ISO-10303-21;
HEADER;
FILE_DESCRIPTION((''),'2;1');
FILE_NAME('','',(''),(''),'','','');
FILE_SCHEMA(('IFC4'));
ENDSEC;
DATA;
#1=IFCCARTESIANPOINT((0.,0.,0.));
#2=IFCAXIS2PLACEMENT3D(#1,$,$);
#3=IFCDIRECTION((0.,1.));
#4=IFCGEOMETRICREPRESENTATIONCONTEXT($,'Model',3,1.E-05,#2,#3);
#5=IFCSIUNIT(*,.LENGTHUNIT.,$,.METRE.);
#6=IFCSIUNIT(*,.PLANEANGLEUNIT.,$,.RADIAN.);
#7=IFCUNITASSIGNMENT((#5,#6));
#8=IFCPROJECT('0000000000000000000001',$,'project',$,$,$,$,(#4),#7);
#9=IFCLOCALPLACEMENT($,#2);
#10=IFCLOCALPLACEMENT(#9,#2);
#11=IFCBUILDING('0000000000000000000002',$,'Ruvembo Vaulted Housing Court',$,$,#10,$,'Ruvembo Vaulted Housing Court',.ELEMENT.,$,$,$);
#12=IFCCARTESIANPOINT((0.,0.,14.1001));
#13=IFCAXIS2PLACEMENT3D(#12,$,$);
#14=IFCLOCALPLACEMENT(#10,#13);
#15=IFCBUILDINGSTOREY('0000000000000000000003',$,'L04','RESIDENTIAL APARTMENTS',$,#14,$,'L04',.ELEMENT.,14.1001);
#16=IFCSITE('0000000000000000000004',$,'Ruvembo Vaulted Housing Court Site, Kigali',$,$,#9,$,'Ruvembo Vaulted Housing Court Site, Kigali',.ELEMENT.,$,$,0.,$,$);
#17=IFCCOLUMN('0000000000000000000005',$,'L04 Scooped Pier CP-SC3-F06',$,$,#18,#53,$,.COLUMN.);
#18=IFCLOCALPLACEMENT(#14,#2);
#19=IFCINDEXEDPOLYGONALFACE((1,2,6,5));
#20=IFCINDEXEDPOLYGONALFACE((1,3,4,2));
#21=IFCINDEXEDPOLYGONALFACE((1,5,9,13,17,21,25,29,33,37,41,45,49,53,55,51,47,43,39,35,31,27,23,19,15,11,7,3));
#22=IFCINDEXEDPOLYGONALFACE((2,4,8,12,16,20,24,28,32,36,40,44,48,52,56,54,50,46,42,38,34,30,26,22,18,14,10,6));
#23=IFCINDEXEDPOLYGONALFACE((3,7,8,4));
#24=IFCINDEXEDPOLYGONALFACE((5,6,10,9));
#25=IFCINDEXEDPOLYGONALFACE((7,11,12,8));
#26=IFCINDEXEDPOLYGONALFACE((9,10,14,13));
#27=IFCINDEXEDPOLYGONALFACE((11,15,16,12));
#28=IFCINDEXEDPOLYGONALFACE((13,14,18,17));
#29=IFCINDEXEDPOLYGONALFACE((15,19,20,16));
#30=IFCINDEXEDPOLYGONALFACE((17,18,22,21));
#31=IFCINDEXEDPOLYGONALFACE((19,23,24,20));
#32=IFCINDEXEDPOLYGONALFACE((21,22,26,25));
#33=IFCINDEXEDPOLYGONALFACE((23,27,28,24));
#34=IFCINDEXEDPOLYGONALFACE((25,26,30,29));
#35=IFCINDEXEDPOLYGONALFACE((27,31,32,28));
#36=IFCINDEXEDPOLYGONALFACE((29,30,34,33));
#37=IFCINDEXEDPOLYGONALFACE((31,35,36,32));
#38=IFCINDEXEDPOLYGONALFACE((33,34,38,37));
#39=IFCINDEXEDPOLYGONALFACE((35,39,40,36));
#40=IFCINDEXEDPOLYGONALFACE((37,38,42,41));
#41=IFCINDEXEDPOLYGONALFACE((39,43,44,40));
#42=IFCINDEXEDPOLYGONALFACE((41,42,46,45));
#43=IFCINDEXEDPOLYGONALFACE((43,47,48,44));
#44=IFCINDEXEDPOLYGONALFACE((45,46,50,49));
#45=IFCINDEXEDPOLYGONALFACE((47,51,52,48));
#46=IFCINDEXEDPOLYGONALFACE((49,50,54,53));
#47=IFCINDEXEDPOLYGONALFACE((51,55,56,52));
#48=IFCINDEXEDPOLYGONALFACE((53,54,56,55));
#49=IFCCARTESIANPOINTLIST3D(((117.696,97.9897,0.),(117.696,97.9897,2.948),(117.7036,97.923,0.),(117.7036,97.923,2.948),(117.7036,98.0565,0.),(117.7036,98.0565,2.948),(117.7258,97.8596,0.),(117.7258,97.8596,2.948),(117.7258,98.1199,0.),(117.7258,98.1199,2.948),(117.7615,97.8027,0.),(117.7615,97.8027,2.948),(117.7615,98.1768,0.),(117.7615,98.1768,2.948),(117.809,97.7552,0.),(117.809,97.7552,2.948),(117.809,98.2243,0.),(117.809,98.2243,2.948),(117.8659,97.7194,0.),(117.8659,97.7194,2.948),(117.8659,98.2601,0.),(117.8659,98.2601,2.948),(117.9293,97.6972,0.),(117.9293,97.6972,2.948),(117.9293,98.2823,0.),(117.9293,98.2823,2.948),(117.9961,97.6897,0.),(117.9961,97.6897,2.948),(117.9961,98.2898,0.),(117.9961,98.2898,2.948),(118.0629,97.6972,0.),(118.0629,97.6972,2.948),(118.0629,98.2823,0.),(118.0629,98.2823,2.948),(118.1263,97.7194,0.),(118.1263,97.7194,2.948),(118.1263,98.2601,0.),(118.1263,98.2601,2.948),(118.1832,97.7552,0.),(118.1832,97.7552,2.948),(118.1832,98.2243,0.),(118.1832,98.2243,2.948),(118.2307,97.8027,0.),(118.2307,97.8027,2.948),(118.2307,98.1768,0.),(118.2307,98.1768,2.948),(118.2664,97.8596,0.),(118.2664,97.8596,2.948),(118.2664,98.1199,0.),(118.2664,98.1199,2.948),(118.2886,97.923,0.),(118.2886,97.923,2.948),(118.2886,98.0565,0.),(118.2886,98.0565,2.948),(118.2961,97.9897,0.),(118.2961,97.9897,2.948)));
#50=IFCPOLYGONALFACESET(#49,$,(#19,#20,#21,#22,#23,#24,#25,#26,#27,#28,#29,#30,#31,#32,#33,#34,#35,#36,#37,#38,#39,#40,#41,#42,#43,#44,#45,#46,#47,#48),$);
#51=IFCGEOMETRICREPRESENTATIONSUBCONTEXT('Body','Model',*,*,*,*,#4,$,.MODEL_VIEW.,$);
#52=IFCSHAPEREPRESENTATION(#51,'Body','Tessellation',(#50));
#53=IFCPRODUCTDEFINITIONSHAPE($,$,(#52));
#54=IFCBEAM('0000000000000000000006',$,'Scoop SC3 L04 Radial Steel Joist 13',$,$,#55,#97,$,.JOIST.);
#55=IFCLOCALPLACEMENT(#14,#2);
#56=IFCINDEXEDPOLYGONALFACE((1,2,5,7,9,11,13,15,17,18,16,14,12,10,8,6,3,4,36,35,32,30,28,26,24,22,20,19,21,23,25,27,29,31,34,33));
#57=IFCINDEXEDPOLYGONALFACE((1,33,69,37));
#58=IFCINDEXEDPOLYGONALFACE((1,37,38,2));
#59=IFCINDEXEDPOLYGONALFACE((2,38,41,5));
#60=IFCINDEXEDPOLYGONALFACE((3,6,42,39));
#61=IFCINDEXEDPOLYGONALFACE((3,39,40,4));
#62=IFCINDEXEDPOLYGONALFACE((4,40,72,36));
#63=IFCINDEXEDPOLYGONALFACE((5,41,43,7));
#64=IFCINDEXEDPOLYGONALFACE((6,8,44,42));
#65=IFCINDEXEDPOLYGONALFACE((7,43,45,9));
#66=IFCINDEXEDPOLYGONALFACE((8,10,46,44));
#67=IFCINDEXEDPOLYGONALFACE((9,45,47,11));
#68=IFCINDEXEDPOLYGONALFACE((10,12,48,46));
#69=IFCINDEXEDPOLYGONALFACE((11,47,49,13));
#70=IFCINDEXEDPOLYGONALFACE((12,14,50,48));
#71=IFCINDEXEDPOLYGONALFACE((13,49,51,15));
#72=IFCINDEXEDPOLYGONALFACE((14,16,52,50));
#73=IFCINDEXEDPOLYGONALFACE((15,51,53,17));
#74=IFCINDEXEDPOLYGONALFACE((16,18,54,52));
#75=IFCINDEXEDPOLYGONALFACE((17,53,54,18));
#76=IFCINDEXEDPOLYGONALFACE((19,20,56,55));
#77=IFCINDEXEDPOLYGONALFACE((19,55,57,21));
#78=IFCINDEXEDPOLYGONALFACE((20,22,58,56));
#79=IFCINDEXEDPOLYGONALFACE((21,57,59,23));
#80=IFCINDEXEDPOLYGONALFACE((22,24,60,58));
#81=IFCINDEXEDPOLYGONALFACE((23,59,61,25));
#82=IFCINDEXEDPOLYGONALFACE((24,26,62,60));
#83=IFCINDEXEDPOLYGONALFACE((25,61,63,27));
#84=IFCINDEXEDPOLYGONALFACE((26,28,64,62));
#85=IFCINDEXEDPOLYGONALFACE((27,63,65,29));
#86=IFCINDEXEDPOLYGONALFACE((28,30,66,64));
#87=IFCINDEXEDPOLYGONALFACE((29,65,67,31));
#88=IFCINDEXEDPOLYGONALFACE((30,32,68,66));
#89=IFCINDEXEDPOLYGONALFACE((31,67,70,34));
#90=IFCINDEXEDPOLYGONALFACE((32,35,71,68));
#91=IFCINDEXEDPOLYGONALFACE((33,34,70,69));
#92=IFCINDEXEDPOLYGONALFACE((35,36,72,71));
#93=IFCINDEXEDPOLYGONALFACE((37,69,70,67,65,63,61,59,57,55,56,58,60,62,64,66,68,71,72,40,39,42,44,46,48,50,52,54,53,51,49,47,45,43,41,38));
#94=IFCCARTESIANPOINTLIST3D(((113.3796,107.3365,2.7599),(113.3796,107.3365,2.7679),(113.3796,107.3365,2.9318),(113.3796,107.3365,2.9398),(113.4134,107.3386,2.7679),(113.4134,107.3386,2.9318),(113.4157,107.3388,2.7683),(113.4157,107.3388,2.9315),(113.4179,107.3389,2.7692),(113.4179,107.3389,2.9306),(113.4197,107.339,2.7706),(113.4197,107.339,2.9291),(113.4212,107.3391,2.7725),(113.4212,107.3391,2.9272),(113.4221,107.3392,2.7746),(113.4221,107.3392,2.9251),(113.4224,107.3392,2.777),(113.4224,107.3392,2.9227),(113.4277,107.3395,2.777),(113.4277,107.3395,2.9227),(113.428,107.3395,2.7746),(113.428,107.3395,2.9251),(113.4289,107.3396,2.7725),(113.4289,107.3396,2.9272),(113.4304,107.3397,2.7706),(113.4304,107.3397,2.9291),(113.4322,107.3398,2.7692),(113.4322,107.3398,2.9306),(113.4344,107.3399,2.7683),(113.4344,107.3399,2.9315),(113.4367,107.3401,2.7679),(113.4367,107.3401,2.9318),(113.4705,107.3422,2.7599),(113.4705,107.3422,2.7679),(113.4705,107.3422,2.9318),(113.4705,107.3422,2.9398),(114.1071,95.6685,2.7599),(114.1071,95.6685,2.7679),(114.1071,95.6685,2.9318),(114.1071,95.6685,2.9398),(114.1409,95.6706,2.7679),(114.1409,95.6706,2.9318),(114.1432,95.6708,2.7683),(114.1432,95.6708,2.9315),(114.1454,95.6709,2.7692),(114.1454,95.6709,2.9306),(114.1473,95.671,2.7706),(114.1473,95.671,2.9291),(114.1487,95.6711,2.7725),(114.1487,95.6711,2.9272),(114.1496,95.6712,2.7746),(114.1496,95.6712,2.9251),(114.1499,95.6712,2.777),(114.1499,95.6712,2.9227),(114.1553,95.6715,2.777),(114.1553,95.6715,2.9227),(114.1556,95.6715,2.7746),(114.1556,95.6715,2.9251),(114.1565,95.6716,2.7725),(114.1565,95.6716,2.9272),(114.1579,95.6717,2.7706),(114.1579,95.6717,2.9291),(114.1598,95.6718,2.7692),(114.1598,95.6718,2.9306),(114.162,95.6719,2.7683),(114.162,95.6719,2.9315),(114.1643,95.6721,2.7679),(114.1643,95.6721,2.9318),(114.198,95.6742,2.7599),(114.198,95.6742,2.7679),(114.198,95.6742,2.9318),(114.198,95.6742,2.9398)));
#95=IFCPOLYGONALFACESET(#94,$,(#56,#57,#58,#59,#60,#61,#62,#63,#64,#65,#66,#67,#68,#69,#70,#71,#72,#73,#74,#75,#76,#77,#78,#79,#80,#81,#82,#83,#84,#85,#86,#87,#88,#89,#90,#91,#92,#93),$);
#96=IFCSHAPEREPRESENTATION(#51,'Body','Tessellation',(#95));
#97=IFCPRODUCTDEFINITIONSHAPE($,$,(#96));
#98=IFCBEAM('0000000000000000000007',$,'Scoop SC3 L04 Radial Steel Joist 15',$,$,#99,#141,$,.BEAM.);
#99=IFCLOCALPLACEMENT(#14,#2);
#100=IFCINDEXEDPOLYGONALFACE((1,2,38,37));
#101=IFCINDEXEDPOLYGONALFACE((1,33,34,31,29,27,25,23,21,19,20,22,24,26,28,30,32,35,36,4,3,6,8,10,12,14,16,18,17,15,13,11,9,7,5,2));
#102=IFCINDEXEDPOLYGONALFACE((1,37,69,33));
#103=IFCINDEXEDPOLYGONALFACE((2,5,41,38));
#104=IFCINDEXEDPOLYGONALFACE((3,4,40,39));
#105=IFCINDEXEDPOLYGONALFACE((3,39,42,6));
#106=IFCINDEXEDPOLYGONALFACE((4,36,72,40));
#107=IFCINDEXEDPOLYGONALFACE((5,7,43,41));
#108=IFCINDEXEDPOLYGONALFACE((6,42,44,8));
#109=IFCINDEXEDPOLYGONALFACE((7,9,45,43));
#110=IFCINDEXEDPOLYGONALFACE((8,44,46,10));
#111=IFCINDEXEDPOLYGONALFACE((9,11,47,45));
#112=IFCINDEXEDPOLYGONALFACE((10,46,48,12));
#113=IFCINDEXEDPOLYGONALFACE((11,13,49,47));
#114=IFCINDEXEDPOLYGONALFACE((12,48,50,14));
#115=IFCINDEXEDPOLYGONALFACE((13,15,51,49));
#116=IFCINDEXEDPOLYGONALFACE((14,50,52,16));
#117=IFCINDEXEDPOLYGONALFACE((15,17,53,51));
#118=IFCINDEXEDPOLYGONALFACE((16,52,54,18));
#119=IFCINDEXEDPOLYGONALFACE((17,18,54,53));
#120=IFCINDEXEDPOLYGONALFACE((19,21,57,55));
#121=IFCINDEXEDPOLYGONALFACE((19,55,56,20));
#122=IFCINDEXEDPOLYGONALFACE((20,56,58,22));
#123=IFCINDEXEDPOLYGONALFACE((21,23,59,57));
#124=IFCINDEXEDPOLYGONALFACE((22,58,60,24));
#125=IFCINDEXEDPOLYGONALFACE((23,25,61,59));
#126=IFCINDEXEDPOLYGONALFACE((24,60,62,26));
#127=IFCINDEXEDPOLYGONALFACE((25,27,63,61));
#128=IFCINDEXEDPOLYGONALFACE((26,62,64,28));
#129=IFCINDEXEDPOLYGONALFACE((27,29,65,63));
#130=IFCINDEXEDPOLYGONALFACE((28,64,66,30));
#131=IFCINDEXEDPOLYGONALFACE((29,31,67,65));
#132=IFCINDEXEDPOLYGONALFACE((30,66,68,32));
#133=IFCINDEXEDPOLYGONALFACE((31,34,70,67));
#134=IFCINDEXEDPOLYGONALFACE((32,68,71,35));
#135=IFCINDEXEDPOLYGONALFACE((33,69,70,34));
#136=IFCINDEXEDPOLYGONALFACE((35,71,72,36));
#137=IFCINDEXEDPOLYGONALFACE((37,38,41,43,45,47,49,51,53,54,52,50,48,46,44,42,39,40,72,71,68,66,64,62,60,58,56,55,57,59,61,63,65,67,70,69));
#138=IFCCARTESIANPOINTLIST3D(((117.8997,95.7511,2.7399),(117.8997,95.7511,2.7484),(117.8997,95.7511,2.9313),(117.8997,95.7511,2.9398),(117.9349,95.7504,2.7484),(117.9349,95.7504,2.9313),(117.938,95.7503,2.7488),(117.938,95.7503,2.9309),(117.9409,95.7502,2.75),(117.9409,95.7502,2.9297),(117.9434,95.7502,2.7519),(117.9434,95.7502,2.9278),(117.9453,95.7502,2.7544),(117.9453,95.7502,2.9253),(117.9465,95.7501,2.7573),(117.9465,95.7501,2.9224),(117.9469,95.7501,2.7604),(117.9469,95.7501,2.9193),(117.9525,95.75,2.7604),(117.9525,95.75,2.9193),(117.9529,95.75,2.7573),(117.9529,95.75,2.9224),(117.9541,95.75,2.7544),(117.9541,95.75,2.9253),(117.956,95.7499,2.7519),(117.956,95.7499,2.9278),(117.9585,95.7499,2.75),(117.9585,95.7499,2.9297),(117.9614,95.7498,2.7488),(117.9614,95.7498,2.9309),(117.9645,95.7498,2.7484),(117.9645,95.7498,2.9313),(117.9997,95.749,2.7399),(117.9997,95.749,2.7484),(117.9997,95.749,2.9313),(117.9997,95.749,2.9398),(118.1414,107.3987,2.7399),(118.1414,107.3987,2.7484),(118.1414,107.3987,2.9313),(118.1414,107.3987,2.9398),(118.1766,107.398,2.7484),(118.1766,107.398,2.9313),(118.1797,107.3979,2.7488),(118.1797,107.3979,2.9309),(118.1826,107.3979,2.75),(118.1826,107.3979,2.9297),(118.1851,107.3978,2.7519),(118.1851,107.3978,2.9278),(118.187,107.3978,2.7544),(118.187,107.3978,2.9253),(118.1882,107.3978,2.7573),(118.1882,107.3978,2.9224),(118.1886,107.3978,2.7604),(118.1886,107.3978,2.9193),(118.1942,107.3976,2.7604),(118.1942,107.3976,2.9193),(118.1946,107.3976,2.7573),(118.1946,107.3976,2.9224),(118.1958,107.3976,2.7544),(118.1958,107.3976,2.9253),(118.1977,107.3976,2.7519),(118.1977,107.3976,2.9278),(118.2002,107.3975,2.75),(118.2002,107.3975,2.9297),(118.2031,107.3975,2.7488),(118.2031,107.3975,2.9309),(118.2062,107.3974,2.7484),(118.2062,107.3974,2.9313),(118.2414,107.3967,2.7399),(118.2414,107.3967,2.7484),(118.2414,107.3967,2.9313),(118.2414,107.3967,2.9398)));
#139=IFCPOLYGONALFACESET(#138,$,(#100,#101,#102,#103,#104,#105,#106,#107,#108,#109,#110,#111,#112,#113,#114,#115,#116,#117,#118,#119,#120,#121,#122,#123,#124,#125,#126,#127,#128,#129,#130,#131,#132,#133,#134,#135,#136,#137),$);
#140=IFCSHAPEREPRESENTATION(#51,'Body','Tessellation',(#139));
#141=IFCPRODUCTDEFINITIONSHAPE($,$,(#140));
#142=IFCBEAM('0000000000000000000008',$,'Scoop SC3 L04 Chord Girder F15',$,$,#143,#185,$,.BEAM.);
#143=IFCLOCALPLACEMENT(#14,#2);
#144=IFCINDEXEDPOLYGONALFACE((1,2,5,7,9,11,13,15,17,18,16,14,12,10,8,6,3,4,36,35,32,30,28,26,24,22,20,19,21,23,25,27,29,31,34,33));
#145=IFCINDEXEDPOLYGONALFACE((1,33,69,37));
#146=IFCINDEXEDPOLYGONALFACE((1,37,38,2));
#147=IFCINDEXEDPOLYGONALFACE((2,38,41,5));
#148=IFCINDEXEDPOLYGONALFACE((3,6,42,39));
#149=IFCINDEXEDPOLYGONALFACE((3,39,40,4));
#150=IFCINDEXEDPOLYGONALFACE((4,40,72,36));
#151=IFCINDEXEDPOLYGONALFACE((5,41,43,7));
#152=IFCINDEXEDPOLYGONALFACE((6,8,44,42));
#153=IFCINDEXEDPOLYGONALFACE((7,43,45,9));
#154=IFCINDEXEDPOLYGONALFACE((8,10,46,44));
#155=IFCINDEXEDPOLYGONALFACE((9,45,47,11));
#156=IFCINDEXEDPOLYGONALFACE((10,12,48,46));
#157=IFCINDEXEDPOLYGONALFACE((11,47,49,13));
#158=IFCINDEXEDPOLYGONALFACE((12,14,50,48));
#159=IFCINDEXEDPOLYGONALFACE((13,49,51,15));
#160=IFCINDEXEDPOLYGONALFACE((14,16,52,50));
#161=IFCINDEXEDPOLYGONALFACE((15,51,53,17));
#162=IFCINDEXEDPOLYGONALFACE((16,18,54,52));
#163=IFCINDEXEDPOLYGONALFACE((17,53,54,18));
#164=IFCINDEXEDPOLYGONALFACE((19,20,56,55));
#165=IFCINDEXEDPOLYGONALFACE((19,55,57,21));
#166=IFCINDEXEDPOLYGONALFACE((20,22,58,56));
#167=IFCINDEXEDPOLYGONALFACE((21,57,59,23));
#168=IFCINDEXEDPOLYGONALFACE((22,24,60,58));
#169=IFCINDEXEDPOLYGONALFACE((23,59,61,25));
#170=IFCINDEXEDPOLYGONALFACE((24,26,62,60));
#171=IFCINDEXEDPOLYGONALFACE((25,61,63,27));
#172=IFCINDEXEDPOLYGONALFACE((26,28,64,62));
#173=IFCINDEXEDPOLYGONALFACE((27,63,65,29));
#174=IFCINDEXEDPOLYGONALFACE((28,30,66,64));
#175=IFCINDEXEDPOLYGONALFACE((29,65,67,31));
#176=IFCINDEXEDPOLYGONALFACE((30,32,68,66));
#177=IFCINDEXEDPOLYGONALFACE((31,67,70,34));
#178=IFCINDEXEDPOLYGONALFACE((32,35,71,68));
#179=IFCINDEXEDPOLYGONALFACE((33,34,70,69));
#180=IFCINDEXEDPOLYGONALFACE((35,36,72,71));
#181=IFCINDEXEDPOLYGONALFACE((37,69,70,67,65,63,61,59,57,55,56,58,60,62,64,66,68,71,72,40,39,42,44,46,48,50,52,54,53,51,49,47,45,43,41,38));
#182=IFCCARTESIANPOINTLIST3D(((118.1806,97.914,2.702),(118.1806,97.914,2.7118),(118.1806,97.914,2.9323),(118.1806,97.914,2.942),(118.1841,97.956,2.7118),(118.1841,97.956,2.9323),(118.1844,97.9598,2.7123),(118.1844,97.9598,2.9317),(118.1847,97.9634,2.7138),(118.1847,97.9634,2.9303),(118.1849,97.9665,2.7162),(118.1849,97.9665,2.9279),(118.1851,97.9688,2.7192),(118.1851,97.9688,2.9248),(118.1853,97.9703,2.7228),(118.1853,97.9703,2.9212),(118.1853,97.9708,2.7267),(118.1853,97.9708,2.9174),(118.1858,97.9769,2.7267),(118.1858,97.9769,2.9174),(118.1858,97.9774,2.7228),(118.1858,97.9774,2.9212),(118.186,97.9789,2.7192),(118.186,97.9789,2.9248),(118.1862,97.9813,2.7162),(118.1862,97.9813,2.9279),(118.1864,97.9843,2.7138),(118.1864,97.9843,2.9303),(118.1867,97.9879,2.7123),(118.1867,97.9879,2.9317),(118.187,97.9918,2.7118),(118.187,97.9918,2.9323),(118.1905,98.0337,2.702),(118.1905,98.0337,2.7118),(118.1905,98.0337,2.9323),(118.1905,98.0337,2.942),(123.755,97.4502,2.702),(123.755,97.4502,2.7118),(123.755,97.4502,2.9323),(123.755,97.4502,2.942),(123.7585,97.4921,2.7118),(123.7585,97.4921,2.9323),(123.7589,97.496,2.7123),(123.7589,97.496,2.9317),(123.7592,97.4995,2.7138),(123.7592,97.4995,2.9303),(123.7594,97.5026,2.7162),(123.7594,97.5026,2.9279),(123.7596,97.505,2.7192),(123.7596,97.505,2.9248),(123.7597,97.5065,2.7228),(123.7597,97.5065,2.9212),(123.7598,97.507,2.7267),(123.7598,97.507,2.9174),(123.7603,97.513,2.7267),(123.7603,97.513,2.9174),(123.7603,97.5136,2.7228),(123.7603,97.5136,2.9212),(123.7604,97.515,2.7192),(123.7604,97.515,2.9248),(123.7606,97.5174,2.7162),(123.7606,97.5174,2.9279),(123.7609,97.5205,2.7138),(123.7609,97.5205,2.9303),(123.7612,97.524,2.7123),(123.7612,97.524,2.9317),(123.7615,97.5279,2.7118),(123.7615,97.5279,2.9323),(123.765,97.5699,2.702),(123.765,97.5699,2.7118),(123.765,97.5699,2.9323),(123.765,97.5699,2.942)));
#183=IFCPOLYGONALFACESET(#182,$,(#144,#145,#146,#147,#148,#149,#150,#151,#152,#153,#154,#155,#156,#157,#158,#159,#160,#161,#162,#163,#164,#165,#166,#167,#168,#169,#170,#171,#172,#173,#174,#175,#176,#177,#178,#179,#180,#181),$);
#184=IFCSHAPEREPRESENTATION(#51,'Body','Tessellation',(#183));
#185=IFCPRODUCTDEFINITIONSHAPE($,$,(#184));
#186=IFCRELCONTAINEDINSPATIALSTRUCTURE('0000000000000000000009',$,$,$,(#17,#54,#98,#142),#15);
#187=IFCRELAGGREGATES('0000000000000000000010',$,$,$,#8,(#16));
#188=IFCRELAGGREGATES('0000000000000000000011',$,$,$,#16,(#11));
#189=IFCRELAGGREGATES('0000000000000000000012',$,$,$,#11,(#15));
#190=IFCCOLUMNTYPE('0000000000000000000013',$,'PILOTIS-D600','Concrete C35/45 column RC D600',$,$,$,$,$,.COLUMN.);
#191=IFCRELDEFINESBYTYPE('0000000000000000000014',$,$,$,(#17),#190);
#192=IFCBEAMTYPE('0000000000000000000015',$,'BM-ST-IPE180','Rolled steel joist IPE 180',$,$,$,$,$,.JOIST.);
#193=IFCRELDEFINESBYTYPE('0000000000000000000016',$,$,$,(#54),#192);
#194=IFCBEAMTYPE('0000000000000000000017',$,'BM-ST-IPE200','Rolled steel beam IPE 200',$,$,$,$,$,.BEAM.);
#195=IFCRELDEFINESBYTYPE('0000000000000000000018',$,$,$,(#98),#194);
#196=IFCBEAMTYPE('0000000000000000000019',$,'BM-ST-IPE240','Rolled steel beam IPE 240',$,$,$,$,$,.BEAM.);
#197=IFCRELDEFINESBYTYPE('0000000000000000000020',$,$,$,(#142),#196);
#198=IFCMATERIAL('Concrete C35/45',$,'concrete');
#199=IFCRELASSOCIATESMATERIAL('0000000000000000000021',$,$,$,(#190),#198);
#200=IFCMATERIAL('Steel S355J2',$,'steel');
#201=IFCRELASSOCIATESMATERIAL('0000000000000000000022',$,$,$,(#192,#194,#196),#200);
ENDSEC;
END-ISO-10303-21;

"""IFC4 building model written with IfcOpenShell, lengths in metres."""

from ifc_helpers import new_model, si_unit, direction, frame, origin, origin_2d, place, context, subcontext, project, spatial, circle, i_section, extrude, material, material_profile, profile_set, type_object, element, save


model = new_model("IFC4")

# Units and contexts
model_context = context("Model", 3, precision=1e-05, world=origin(), true_north=direction((0.0, 1.0)))
body_context = subcontext(model_context, "Body", "Model", "MODEL_VIEW")
ifc_project = project(units=[si_unit("LENGTHUNIT", "METRE"), si_unit("PLANEANGLEUNIT", "RADIAN")], contexts=[model_context])

# Site, building, storey
site_placement = place(None, origin())
site = spatial("IfcSite", under=ifc_project, at=site_placement, Name="Ruvembo Vaulted Housing Court Site, Kigali", LongName="Ruvembo Vaulted Housing Court Site, Kigali", CompositionType="ELEMENT", RefElevation=0.0)
building_placement = place(site_placement, origin())
building = spatial("IfcBuilding", under=site, at=building_placement, Name="Ruvembo Vaulted Housing Court", LongName="Ruvembo Vaulted Housing Court", CompositionType="ELEMENT")
storey_placement = place(building_placement, frame((0.0, 0.0, 14.1001)))
storey = spatial("IfcBuildingStorey", under=building, at=storey_placement, Name="L04", Description="RESIDENTIAL APARTMENTS", LongName="L04", CompositionType="ELEMENT", Elevation=14.1001)

# Column
ifc_material_1 = material(Name="Concrete C35/45", Category="concrete")
ifc_material_profile_1 = material_profile(ifc_material_1, circle(Radius=0.3, at=origin_2d()), Name="RC D600")
ifc_profile_set_1 = profile_set([ifc_material_profile_1], Name="Concrete C35/45")
column_type = type_object("IfcColumnType", Name="PILOTIS-D600", Description="Concrete C35/45 column RC D600", PredefinedType="COLUMN", material=ifc_profile_set_1)
column_placement = place(storey_placement, frame((117.9961, 97.9897, 0.0), z_axis=(0.0, 0.0, 1.0), x_axis=(1.0, 0.0, 0.0)))
element("IfcColumn", 1, at=column_placement, inside=storey, type_object=column_type, Name="L04 Scooped Pier CP-SC3-F06", PredefinedType="COLUMN", context=body_context, shape_type="SweptSolid", body=[
    extrude(circle(Radius=0.3, at=origin_2d()), origin(), (0.0, 0.0, 1.0), 2.948),
])

# Beams
ifc_material_2 = material(Name="Steel S355J2", Category="steel")
ifc_material_profile_2 = material_profile(ifc_material_2, i_section(OverallWidth=0.0911, OverallDepth=0.1799, WebThickness=0.0054, FlangeThickness=0.0081, FilletRadius=0.009, at=origin_2d()), Name="IPE 180")
ifc_profile_set_2 = profile_set([ifc_material_profile_2], Name="Steel S355J2")
beam_type_1 = type_object("IfcBeamType", Name="BM-ST-IPE180", Description="Rolled steel joist IPE 180", PredefinedType="JOIST", material=ifc_profile_set_2)
beam_1_placement = place(storey_placement, frame((113.425, 107.3394, 2.8499), z_axis=(0.062233, -0.998062, 0.0), x_axis=(0.998062, 0.062233, 0.0)))
element("IfcBeam", 2, at=beam_1_placement, inside=storey, type_object=beam_type_1, Name="Scoop SC3 L04 Radial Steel Joist 13", PredefinedType="JOIST", context=body_context, shape_type="SweptSolid", body=[
    extrude(i_section(OverallWidth=0.0911, OverallDepth=0.1799, WebThickness=0.0054, FlangeThickness=0.0081, FilletRadius=0.009, at=origin_2d()), origin(), (0.0, 0.0, 1.0), 11.6907),
])
ifc_material_profile_3 = material_profile(ifc_material_2, i_section(OverallWidth=0.1001, OverallDepth=0.2, WebThickness=0.0056, FlangeThickness=0.0085, FilletRadius=0.012, at=origin_2d()), Name="IPE 200")
ifc_profile_set_3 = profile_set([ifc_material_profile_3], Name="Steel S355J2")
beam_type_2 = type_object("IfcBeamType", Name="BM-ST-IPE200", Description="Rolled steel beam IPE 200", PredefinedType="BEAM", material=ifc_profile_set_3)
beam_2_placement = place(storey_placement, frame((118.1914, 107.3977, 2.8398), z_axis=(-0.020746, -0.999785, 0.0), x_axis=(0.999785, -0.020746, 0.0)))
element("IfcBeam", 3, at=beam_2_placement, inside=storey, type_object=beam_type_2, Name="Scoop SC3 L04 Radial Steel Joist 15", PredefinedType="BEAM", context=body_context, shape_type="SweptSolid", body=[
    extrude(i_section(OverallWidth=0.1001, OverallDepth=0.2, WebThickness=0.0056, FlangeThickness=0.0085, FilletRadius=0.012, at=origin_2d()), origin(), (0.0, 0.0, 1.0), 11.6501),
])
ifc_material_profile_4 = material_profile(ifc_material_2, i_section(OverallWidth=0.1201, OverallDepth=0.24, WebThickness=0.0061, FlangeThickness=0.0098, FilletRadius=0.0149, at=origin_2d()), Name="IPE 240")
ifc_profile_set_4 = profile_set([ifc_material_profile_4], Name="Steel S355J2")
beam_type_3 = type_object("IfcBeamType", Name="BM-ST-IPE240", Description="Rolled steel beam IPE 240", PredefinedType="BEAM", material=ifc_profile_set_4)
beam_3_placement = place(storey_placement, frame((118.1855, 97.9739, 2.822), z_axis=(0.996556, -0.082926, 0.0), x_axis=(0.082926, 0.996556, 0.0)))
element("IfcBeam", 4, at=beam_3_placement, inside=storey, type_object=beam_type_3, Name="Scoop SC3 L04 Chord Girder F15", PredefinedType="BEAM", context=body_context, shape_type="SweptSolid", body=[
    extrude(i_section(OverallWidth=0.1201, OverallDepth=0.24, WebThickness=0.0061, FlangeThickness=0.0098, FilletRadius=0.0149, at=origin_2d()), origin(), (0.0, 0.0, 1.0), 5.5938),
])

save(model, "model.ifc")
